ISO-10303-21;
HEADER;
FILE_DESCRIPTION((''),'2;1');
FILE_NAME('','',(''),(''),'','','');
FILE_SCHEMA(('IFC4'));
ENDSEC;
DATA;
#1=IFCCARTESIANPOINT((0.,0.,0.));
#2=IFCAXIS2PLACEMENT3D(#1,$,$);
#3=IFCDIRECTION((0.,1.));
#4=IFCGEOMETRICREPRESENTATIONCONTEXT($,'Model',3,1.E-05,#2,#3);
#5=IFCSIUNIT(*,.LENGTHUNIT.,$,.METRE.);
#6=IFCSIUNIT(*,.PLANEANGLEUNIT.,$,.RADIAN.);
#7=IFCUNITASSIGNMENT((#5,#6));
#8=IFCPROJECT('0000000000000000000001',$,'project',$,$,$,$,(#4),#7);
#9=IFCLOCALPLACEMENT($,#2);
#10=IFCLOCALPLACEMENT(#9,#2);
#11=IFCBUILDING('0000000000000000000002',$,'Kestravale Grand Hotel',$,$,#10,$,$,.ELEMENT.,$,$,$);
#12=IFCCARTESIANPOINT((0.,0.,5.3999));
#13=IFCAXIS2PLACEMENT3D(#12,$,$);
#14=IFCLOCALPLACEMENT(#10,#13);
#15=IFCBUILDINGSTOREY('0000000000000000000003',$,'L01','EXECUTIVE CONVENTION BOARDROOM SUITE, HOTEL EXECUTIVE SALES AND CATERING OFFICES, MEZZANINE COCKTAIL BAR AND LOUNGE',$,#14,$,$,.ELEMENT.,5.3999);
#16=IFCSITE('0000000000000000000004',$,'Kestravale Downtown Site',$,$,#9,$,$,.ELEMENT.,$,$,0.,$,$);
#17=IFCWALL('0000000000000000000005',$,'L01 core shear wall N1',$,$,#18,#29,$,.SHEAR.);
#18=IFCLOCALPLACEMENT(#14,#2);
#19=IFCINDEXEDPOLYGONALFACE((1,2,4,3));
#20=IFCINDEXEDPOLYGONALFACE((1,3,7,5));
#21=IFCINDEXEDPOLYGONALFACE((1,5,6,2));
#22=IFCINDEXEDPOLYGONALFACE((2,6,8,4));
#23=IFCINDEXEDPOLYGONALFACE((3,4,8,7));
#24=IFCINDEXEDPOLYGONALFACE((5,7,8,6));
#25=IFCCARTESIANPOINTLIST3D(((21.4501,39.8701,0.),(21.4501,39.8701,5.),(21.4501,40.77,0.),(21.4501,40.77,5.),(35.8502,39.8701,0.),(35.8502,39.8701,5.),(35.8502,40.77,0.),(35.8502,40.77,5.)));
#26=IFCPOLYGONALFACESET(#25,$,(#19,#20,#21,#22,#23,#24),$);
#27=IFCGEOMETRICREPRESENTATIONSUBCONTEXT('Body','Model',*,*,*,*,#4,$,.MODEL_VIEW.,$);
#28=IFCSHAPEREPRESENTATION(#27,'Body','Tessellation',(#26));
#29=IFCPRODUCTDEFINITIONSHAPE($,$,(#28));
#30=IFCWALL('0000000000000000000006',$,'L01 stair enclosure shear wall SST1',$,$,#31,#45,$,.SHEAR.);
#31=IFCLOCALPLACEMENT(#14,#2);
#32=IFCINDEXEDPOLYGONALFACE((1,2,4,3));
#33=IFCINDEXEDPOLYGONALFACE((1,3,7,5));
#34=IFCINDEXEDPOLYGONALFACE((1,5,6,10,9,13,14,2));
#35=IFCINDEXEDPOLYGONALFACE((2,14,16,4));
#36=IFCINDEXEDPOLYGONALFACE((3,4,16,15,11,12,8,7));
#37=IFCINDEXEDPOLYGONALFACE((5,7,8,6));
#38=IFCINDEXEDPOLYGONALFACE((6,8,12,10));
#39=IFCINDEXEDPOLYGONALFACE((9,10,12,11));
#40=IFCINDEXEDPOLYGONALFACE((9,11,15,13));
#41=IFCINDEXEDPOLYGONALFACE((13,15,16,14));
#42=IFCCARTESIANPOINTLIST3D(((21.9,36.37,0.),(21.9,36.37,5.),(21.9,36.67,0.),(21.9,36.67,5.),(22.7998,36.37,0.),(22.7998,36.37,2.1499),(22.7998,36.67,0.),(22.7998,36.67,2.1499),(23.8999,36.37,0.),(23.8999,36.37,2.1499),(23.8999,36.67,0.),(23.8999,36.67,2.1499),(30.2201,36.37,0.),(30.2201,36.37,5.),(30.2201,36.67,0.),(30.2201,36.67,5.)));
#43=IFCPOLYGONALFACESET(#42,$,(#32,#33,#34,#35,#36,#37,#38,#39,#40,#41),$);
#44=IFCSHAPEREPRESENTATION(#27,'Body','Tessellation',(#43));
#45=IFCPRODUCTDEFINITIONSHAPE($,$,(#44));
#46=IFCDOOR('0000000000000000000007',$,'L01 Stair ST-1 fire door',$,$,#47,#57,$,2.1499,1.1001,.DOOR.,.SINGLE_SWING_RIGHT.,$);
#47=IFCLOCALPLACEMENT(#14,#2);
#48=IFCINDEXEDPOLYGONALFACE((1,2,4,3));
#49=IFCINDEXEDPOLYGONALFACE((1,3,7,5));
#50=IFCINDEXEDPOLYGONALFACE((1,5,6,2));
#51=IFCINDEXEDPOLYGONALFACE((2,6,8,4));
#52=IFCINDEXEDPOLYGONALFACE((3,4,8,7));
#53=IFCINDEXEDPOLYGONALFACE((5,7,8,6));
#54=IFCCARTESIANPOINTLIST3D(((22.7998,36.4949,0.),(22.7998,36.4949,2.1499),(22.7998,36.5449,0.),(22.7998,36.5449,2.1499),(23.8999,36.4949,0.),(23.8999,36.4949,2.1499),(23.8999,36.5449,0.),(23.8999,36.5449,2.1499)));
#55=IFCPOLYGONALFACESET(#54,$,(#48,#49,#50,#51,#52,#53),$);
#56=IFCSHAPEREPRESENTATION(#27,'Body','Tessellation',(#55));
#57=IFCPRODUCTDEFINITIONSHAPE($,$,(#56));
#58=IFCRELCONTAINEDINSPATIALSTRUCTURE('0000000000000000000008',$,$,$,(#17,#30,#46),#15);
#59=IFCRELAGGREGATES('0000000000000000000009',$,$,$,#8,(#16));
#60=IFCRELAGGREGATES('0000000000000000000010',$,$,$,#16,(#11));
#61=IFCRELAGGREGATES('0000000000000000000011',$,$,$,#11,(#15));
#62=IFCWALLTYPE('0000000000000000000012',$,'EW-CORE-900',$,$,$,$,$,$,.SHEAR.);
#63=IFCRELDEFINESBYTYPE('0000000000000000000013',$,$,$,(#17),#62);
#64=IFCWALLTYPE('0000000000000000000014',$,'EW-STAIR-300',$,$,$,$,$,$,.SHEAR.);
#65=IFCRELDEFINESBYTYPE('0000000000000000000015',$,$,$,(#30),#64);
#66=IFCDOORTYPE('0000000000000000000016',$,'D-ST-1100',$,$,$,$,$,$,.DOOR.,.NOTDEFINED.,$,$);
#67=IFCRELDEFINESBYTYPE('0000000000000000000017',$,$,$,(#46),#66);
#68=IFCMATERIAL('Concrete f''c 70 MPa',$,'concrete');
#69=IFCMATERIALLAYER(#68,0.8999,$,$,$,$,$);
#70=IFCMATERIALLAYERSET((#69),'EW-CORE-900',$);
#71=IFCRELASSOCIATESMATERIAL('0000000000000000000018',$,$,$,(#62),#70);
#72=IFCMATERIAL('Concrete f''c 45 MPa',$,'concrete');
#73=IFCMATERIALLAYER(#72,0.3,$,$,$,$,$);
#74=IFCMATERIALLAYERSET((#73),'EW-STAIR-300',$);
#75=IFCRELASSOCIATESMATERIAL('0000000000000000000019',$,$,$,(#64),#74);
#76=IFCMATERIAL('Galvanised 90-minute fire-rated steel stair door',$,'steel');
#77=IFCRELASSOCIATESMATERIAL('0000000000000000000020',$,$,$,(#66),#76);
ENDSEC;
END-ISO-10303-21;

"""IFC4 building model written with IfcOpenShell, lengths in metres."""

from ifc_helpers import new_model, si_unit, direction, frame, frame_2d, origin, place, context, subcontext, project, spatial, rectangle, extrude, material, layer, layer_set, type_object, element, fill, save


model = new_model("IFC4")

# Units and contexts
model_context = context("Model", 3, precision=1e-05, world=origin(), true_north=direction((0.0, 1.0)))
body_context = subcontext(model_context, "Body", "Model", "MODEL_VIEW")
ifc_project = project(units=[si_unit("LENGTHUNIT", "METRE"), si_unit("PLANEANGLEUNIT", "RADIAN")], contexts=[model_context])

# Site, building, storey
site_placement = place(None, origin())
site = spatial("IfcSite", under=ifc_project, at=site_placement, Name="Kestravale Downtown Site", CompositionType="ELEMENT", RefElevation=0.0)
building_placement = place(site_placement, origin())
building = spatial("IfcBuilding", under=site, at=building_placement, Name="Kestravale Grand Hotel", CompositionType="ELEMENT")
storey_placement = place(building_placement, frame((0.0, 0.0, 5.3999)))
storey = spatial("IfcBuildingStorey", under=building, at=storey_placement, Name="L01", Description="EXECUTIVE CONVENTION BOARDROOM SUITE, HOTEL EXECUTIVE SALES AND CATERING OFFICES, MEZZANINE COCKTAIL BAR AND LOUNGE", CompositionType="ELEMENT", Elevation=5.3999)

# Wall
ifc_material_1 = material(Name="Concrete f'c 70 MPa", Category="concrete")
ifc_layer_1 = layer(ifc_material_1, 0.8999)
ifc_layer_set_1 = layer_set([ifc_layer_1], Name="EW-CORE-900")
wall_type_1 = type_object("IfcWallType", Name="EW-CORE-900", PredefinedType="SHEAR", material=ifc_layer_set_1)
wall_1_placement = place(storey_placement, frame((21.45, 40.3201, 0.0), z_axis=(0.0, 0.0, 1.0), x_axis=(1.0, 0.0, 0.0)))
element("IfcWall", 1, at=wall_1_placement, inside=storey, type_object=wall_type_1, Name="L01 core shear wall N1", PredefinedType="SHEAR", context=body_context, shape_type="SweptSolid", body=[
    extrude(rectangle(XDim=14.4001, YDim=0.8999, at=frame_2d((7.2002, 0.0))), origin(), (0.0, 0.0, 1.0), 5.0),
])

# Wall, opening, door
ifc_material_2 = material(Name="Concrete f'c 45 MPa", Category="concrete")
ifc_layer_2 = layer(ifc_material_2, 0.3)
ifc_layer_set_2 = layer_set([ifc_layer_2], Name="EW-STAIR-300")
wall_type_2 = type_object("IfcWallType", Name="EW-STAIR-300", PredefinedType="SHEAR", material=ifc_layer_set_2)
wall_2_placement = place(storey_placement, frame((21.8999, 36.52, 0.0), z_axis=(0.0, 0.0, 1.0), x_axis=(1.0, 0.0, 0.0)))
wall_2 = element("IfcWall", 2, at=wall_2_placement, inside=storey, type_object=wall_type_2, Name="L01 stair enclosure shear wall SST1", PredefinedType="SHEAR", context=body_context, shape_type="SweptSolid", body=[
    extrude(rectangle(XDim=8.3201, YDim=0.3, at=frame_2d((4.1602, 0.0))), origin(), (0.0, 0.0, 1.0), 5.0),
])
opening_placement = place(wall_2_placement, frame((0.8999, 0.0, 0.0)))
opening = element("IfcOpeningElement", 3, at=opening_placement, cuts=wall_2, PredefinedType="OPENING", context=body_context, shape_type="SweptSolid", body=[
    extrude(rectangle(XDim=1.1001, YDim=2.1499, at=frame_2d((0.55, 1.075))), frame((0.0, 0.1599, 0.0), z_axis=(0.0, -1.0, 0.0), x_axis=(1.0, 0.0, 0.0)), (0.0, 0.0, 1.0), 0.3201),
])
ifc_material_3 = material(Name="Galvanised 90-minute fire-rated steel stair door", Category="steel")
door_type = type_object("IfcDoorType", Name="D-ST-1100", OperationType="NOTDEFINED", PredefinedType="DOOR", material=ifc_material_3)
door_placement = place(opening_placement, origin())
door = element("IfcDoor", 4, at=door_placement, inside=storey, type_object=door_type, Name="L01 Stair ST-1 fire door", OperationType="SINGLE_SWING_RIGHT", OverallHeight=2.1499, OverallWidth=1.1001, PredefinedType="DOOR", context=body_context, shape_type="SweptSolid", body=[
    extrude(rectangle(XDim=1.1001, YDim=2.1499, at=frame_2d((0.55, 1.075))), frame((0.0, 0.0249, 0.0), z_axis=(0.0, -1.0, 0.0), x_axis=(1.0, 0.0, 0.0)), (0.0, 0.0, 1.0), 0.05),
])
fill(opening, door)

save(model, "model.ifc")
